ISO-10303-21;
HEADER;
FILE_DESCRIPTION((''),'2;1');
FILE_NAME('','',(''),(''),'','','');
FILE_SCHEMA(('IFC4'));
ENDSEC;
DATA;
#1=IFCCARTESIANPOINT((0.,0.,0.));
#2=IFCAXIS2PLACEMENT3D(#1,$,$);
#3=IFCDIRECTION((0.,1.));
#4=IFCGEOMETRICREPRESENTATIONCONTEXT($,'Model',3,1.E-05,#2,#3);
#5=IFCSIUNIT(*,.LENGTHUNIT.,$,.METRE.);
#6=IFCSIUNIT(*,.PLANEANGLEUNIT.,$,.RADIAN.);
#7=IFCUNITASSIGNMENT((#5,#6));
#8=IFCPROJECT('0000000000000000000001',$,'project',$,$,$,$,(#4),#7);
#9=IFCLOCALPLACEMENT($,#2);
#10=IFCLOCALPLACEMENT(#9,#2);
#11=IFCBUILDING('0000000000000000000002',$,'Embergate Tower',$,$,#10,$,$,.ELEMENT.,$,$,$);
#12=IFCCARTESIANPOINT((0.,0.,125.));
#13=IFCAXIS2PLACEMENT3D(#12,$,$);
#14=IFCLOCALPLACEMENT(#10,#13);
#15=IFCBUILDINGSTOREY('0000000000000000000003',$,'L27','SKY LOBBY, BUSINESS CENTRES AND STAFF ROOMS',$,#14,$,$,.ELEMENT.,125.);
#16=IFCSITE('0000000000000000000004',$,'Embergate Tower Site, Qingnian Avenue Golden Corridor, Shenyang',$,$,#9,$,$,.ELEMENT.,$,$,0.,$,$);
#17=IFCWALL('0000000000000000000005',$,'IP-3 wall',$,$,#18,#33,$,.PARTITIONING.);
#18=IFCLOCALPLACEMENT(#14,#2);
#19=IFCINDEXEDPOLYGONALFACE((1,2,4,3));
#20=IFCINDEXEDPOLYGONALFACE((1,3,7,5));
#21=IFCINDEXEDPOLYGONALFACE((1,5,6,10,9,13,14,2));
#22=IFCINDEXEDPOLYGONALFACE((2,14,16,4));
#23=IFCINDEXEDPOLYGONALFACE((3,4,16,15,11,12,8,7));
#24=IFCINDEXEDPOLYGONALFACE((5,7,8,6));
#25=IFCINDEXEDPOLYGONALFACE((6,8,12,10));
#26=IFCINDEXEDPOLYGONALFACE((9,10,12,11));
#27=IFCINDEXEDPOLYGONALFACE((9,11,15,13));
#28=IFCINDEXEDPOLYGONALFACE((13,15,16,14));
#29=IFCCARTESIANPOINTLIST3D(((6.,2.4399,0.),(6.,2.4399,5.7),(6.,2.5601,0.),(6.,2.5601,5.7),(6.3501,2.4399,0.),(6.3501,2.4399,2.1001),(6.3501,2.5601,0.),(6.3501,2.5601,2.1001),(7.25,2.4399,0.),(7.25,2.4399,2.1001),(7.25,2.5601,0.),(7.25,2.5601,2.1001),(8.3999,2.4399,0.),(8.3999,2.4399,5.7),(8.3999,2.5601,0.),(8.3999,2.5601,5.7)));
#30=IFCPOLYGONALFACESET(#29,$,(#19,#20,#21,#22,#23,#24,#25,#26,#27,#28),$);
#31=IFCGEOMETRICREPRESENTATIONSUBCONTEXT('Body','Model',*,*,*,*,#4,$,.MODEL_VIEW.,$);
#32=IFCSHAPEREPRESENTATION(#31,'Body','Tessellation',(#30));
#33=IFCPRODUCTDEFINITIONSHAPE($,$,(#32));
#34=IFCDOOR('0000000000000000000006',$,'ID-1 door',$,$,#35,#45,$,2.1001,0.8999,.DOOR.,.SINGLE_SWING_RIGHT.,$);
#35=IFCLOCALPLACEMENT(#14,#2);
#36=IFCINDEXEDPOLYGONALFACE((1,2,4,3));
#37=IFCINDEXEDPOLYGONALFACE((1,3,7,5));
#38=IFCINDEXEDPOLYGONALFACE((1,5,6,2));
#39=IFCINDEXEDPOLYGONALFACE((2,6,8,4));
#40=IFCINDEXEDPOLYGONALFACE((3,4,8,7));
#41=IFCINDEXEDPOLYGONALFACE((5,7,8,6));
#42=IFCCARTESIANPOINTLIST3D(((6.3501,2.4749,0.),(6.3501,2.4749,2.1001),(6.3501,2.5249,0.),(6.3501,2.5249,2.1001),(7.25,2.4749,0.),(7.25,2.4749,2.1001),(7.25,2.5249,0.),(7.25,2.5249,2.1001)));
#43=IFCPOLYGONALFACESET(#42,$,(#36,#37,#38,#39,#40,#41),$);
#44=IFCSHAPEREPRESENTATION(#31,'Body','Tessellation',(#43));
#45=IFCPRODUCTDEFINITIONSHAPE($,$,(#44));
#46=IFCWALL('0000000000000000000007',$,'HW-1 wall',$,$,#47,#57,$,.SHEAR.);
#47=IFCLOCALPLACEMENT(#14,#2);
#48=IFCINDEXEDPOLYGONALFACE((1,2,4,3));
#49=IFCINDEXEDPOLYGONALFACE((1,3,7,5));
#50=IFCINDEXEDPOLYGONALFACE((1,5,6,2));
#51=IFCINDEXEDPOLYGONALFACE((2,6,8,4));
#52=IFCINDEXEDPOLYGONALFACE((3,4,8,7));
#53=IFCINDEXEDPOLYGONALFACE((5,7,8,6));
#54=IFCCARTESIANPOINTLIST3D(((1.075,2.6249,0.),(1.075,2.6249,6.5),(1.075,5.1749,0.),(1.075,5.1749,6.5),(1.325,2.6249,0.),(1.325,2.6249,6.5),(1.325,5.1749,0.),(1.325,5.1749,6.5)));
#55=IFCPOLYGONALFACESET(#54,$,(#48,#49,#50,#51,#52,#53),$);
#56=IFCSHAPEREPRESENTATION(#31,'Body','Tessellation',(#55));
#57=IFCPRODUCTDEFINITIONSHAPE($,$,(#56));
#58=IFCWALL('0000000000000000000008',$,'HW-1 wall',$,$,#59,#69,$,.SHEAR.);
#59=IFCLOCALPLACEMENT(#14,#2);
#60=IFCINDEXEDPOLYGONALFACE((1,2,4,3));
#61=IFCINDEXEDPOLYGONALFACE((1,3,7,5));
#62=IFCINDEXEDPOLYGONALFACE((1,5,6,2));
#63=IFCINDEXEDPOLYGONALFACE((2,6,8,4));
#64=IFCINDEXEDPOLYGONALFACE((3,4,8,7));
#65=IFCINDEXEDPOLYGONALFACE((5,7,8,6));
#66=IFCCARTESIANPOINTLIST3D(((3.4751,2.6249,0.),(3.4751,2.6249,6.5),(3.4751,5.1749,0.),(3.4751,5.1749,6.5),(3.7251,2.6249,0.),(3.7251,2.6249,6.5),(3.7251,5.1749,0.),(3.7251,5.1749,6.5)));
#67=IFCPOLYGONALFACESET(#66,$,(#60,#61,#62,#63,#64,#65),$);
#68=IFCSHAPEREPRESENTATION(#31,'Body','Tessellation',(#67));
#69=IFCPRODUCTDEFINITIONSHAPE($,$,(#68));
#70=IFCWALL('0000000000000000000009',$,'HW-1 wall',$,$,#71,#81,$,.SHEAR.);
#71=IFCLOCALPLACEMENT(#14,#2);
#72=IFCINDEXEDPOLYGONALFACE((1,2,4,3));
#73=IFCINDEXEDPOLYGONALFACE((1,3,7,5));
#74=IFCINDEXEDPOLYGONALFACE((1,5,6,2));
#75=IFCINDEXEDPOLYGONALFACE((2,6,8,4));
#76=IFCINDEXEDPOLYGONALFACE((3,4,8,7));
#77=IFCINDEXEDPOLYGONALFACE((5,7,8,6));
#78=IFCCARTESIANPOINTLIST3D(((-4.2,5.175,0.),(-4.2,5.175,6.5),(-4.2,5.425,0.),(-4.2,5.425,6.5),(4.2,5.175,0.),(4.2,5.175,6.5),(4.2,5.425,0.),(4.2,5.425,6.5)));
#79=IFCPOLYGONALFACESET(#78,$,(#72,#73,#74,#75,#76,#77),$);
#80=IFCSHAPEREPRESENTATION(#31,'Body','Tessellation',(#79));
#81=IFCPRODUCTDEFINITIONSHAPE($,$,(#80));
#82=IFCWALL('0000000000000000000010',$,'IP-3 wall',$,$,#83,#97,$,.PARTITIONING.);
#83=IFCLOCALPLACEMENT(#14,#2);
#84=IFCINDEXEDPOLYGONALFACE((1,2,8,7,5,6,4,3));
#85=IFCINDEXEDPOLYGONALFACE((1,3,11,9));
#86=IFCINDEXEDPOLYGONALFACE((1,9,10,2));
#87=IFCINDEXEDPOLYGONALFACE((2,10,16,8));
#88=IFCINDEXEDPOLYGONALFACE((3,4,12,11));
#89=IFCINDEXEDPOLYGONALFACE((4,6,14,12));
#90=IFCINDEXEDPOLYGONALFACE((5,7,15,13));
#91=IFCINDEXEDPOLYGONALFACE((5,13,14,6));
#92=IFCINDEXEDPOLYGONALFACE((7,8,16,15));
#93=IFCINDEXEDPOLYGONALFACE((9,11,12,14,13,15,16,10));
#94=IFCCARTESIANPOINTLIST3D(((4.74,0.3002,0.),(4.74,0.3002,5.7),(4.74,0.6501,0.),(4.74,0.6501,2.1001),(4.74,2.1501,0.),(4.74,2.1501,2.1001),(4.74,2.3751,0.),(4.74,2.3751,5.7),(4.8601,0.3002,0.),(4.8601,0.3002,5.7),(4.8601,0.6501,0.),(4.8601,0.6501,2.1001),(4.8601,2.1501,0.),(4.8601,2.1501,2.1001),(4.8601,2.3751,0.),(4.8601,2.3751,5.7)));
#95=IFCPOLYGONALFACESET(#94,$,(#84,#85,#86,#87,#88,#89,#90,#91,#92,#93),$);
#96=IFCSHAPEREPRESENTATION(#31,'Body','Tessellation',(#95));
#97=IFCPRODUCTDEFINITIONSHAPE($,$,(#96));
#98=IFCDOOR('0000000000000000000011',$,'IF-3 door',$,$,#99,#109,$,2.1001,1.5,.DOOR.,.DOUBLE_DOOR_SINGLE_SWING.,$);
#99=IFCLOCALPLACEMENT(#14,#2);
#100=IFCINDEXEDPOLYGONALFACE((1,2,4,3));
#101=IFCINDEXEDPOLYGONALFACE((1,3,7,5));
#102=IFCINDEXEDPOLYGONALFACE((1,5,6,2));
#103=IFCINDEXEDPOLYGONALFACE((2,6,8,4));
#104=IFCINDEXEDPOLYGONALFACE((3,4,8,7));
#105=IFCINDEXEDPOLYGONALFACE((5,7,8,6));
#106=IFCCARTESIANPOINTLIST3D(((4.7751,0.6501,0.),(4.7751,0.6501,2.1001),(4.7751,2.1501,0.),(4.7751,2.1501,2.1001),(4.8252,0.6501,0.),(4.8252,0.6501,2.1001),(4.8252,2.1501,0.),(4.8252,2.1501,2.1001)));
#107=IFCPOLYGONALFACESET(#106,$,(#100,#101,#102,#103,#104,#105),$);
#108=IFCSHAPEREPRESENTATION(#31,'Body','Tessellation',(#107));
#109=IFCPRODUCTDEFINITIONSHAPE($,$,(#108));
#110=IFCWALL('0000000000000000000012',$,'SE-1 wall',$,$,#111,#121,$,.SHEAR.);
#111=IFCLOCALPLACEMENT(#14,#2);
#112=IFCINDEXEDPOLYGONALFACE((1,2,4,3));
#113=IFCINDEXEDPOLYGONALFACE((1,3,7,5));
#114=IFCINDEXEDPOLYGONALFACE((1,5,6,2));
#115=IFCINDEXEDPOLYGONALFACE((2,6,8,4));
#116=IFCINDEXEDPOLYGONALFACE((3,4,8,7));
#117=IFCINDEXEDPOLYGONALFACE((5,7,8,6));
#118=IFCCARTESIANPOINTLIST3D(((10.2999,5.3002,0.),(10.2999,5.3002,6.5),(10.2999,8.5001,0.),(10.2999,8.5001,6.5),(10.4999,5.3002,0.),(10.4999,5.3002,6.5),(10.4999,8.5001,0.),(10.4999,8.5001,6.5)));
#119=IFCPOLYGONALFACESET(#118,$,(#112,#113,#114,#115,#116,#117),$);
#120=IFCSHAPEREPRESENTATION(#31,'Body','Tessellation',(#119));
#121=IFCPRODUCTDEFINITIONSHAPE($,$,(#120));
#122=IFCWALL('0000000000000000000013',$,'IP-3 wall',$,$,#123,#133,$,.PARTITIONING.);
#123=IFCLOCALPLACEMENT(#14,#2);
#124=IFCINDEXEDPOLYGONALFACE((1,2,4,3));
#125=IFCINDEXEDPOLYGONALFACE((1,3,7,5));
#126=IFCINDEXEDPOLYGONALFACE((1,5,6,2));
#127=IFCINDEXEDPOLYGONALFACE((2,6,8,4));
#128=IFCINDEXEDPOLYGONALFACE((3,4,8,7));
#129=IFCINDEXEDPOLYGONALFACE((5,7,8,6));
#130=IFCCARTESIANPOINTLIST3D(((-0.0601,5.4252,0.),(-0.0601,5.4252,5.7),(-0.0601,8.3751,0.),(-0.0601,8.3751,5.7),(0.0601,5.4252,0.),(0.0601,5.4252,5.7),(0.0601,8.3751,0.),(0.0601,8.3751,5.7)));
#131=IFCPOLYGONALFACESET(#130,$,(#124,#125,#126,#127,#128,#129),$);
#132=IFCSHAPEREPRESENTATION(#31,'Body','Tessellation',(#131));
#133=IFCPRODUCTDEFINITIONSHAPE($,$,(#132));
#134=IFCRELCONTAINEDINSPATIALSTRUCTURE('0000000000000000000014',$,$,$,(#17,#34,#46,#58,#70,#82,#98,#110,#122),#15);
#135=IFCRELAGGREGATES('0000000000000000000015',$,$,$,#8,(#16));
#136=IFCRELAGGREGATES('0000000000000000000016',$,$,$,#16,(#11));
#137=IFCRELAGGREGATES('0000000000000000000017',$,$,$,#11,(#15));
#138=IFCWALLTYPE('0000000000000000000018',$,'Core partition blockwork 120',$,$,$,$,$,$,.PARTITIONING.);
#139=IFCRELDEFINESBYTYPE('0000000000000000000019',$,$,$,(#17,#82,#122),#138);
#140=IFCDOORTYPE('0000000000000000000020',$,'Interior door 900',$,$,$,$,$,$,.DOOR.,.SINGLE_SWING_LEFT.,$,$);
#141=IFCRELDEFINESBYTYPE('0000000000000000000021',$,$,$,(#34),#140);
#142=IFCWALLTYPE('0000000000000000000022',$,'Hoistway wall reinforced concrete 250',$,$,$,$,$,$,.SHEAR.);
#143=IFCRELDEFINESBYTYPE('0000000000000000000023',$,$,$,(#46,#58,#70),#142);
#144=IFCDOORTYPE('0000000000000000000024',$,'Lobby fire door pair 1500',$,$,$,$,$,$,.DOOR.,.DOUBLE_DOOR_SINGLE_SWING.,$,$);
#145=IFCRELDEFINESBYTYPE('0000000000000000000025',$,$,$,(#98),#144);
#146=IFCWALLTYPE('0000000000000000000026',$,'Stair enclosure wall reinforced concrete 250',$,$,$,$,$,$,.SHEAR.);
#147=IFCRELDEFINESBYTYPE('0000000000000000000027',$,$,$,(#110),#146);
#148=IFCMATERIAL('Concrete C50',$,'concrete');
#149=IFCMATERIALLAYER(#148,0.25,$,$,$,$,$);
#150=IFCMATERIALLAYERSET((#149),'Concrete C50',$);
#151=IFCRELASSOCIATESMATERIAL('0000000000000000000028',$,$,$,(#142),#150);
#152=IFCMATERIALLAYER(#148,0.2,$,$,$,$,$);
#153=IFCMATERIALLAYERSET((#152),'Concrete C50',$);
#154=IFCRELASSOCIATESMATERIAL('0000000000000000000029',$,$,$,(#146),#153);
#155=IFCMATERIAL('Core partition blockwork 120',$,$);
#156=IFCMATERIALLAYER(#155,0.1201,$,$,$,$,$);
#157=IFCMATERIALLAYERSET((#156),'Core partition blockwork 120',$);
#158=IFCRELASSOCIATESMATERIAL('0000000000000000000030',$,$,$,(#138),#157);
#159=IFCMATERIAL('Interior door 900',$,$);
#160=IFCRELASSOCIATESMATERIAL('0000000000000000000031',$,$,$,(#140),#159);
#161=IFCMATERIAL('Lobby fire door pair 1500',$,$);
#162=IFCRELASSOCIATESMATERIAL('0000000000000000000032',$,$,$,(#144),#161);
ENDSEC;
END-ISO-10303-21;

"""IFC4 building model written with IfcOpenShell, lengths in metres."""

from ifc_helpers import new_model, si_unit, direction, frame, frame_2d, origin, place, context, subcontext, project, spatial, rectangle, extrude, source, transform, mapped, material, layer, layer_set, type_object, element, fill, save


model = new_model("IFC4")

# Units and contexts
model_context = context("Model", 3, precision=1e-05, world=origin(), true_north=direction((0.0, 1.0)))
body_context = subcontext(model_context, "Body", "Model", "MODEL_VIEW")
ifc_project = project(units=[si_unit("LENGTHUNIT", "METRE"), si_unit("PLANEANGLEUNIT", "RADIAN")], contexts=[model_context])

# Site, building, storey
site_placement = place(None, origin())
site = spatial("IfcSite", under=ifc_project, at=site_placement, Name="Embergate Tower Site, Qingnian Avenue Golden Corridor, Shenyang", CompositionType="ELEMENT", RefElevation=0.0)
building_placement = place(site_placement, origin())
building = spatial("IfcBuilding", under=site, at=building_placement, Name="Embergate Tower", CompositionType="ELEMENT")
storey_placement = place(building_placement, frame((0.0, 0.0, 125.0)))
storey = spatial("IfcBuildingStorey", under=building, at=storey_placement, Name="L27", Description="SKY LOBBY, BUSINESS CENTRES AND STAFF ROOMS", CompositionType="ELEMENT", Elevation=125.0)

# Shared definitions
ifc_material_1 = material(Name="Concrete C50", Category="concrete")
ifc_layer_1 = layer(ifc_material_1, 0.25)
ifc_layer_set_1 = layer_set([ifc_layer_1], Name="Concrete C50")
wall_type_1 = type_object("IfcWallType", Name="Hoistway wall reinforced concrete 250", PredefinedType="SHEAR", material=ifc_layer_set_1)

# Shared definitions
ifc_layer_2 = layer(ifc_material_1, 0.2)
ifc_layer_set_2 = layer_set([ifc_layer_2], Name="Concrete C50")
wall_type_2 = type_object("IfcWallType", Name="Stair enclosure wall reinforced concrete 250", PredefinedType="SHEAR", material=ifc_layer_set_2)

# Wall, opening, door
ifc_material_2 = material(Name="Core partition blockwork 120")
ifc_layer_3 = layer(ifc_material_2, 0.1201)
ifc_layer_set_3 = layer_set([ifc_layer_3], Name="Core partition blockwork 120")
wall_type_3 = type_object("IfcWallType", Name="Core partition blockwork 120", PredefinedType="PARTITIONING", material=ifc_layer_set_3)
shared_shape_1 = source(origin(), body_context, "Body", "SweptSolid", [
    extrude(rectangle(XDim=2.3999, YDim=0.1201, at=frame_2d((1.2, 0.0))), origin(), (0.0, 0.0, 1.0), 5.7),
])
wall_1_placement = place(storey_placement, frame((6.0, 2.5, 0.0), z_axis=(0.0, 0.0, 1.0), x_axis=(1.0, 0.0, 0.0)))
wall_1 = element("IfcWall", 1, at=wall_1_placement, inside=storey, type_object=wall_type_3, Name="IP-3 wall", PredefinedType="PARTITIONING", context=body_context, shape_type="MappedRepresentation", body=[
    mapped(shared_shape_1, transform((0.0, 0.0, 0.0))),
])
shared_shape_2 = source(origin(), body_context, "Body", "SweptSolid", [
    extrude(rectangle(XDim=0.8999, YDim=2.1001, at=frame_2d((0.45, 1.05))), frame((0.0, 0.0701, 0.0), z_axis=(0.0, -1.0, 0.0), x_axis=(1.0, 0.0, 0.0)), (0.0, 0.0, 1.0), 0.1401),
])
opening_1_placement = place(wall_1_placement, frame((0.3501, 0.0, 0.0)))
opening_1 = element("IfcOpeningElement", 2, at=opening_1_placement, cuts=wall_1, PredefinedType="OPENING", context=body_context, shape_type="MappedRepresentation", body=[
    mapped(shared_shape_2, transform((0.0, 0.0, 0.0))),
])
ifc_material_3 = material(Name="Interior door 900")
door_type_1 = type_object("IfcDoorType", Name="Interior door 900", OperationType="SINGLE_SWING_LEFT", PredefinedType="DOOR", material=ifc_material_3)
shared_shape_3 = source(origin(), body_context, "Body", "SweptSolid", [
    extrude(rectangle(XDim=0.8999, YDim=2.1001, at=frame_2d((0.45, 1.05))), frame((0.0, 0.0249, 0.0), z_axis=(0.0, -1.0, 0.0), x_axis=(1.0, 0.0, 0.0)), (0.0, 0.0, 1.0), 0.05),
])
door_1_placement = place(opening_1_placement, origin())
door_1 = element("IfcDoor", 3, at=door_1_placement, inside=storey, type_object=door_type_1, Name="ID-1 door", OperationType="SINGLE_SWING_RIGHT", OverallHeight=2.1001, OverallWidth=0.8999, PredefinedType="DOOR", context=body_context, shape_type="MappedRepresentation", body=[
    mapped(shared_shape_3, transform((0.0, 0.0, 0.0))),
])
fill(opening_1, door_1)

# Walls
shared_shape_4 = source(origin(), body_context, "Body", "SweptSolid", [
    extrude(rectangle(XDim=2.55, YDim=0.25, at=frame_2d((1.2749, 0.0))), origin(), (0.0, 0.0, 1.0), 6.5),
])
for number, where, z_axis, x_axis, name in (
    (4, (1.2, 2.625, 0.0), (0.0, 0.0, 1.0), (0.0, 1.0, 0.0), "HW-1 wall"),
    (5, (3.6001, 2.625, 0.0), (0.0, 0.0, 1.0), (0.0, 1.0, 0.0), "HW-1 wall"),
):
    element("IfcWall", number, at=place(storey_placement, frame(where, z_axis=z_axis, x_axis=x_axis)), inside=storey, type_object=wall_type_1, Name=name, PredefinedType="SHEAR", context=body_context, shape_type="MappedRepresentation", body=[
        mapped(shared_shape_4, transform((0.0, 0.0, 0.0))),
    ])
shared_shape_5 = source(origin(), body_context, "Body", "SweptSolid", [
    extrude(rectangle(XDim=8.3999, YDim=0.25, at=frame_2d((4.2, 0.0))), origin(), (0.0, 0.0, 1.0), 6.5),
])
wall_2_placement = place(storey_placement, frame((4.2, 5.3, 0.0), z_axis=(0.0, 0.0, 1.0), x_axis=(-1.0, 0.0, 0.0)))
element("IfcWall", 6, at=wall_2_placement, inside=storey, type_object=wall_type_1, Name="HW-1 wall", PredefinedType="SHEAR", context=body_context, shape_type="MappedRepresentation", body=[
    mapped(shared_shape_5, transform((0.0, 0.0, 0.0))),
])

# Wall, opening, door
shared_shape_6 = source(origin(), body_context, "Body", "SweptSolid", [
    extrude(rectangle(XDim=2.075, YDim=0.1201, at=frame_2d((1.0376, 0.0))), origin(), (0.0, 0.0, 1.0), 5.7),
])
wall_3_placement = place(storey_placement, frame((4.8, 0.3, 0.0), z_axis=(0.0, 0.0, 1.0), x_axis=(0.0, 1.0, 0.0)))
wall_3 = element("IfcWall", 7, at=wall_3_placement, inside=storey, type_object=wall_type_3, Name="IP-3 wall", PredefinedType="PARTITIONING", context=body_context, shape_type="MappedRepresentation", body=[
    mapped(shared_shape_6, transform((0.0, 0.0, 0.0))),
])
shared_shape_7 = source(origin(), body_context, "Body", "SweptSolid", [
    extrude(rectangle(XDim=1.5, YDim=2.1001, at=frame_2d((0.75, 1.05))), frame((0.0, 0.0701, 0.0), z_axis=(0.0, -1.0, 0.0), x_axis=(1.0, 0.0, 0.0)), (0.0, 0.0, 1.0), 0.1401),
])
opening_2_placement = place(wall_3_placement, frame((0.3501, 0.0, 0.0)))
opening_2 = element("IfcOpeningElement", 8, at=opening_2_placement, cuts=wall_3, PredefinedType="OPENING", context=body_context, shape_type="MappedRepresentation", body=[
    mapped(shared_shape_7, transform((0.0, 0.0, 0.0))),
])
ifc_material_4 = material(Name="Lobby fire door pair 1500")
door_type_2 = type_object("IfcDoorType", Name="Lobby fire door pair 1500", OperationType="DOUBLE_DOOR_SINGLE_SWING", PredefinedType="DOOR", material=ifc_material_4)
shared_shape_8 = source(origin(), body_context, "Body", "SweptSolid", [
    extrude(rectangle(XDim=1.5, YDim=2.1001, at=frame_2d((0.75, 1.05))), frame((0.0, 0.0249, 0.0), z_axis=(0.0, -1.0, 0.0), x_axis=(1.0, 0.0, 0.0)), (0.0, 0.0, 1.0), 0.05),
])
door_2_placement = place(opening_2_placement, origin())
door_2 = element("IfcDoor", 9, at=door_2_placement, inside=storey, type_object=door_type_2, Name="IF-3 door", OperationType="DOUBLE_DOOR_SINGLE_SWING", OverallHeight=2.1001, OverallWidth=1.5, PredefinedType="DOOR", context=body_context, shape_type="MappedRepresentation", body=[
    mapped(shared_shape_8, transform((0.0, 0.0, 0.0))),
])
fill(opening_2, door_2)

# Walls
shared_shape_9 = source(origin(), body_context, "Body", "SweptSolid", [
    extrude(rectangle(XDim=3.2, YDim=0.2, at=frame_2d((1.6001, 0.0))), origin(), (0.0, 0.0, 1.0), 6.5),
])
wall_4_placement = place(storey_placement, frame((10.3999, 5.3, 0.0), z_axis=(0.0, 0.0, 1.0), x_axis=(0.0, 1.0, 0.0)))
element("IfcWall", 10, at=wall_4_placement, inside=storey, type_object=wall_type_2, Name="SE-1 wall", PredefinedType="SHEAR", context=body_context, shape_type="MappedRepresentation", body=[
    mapped(shared_shape_9, transform((0.0, 0.0, 0.0))),
])
shared_shape_10 = source(origin(), body_context, "Body", "SweptSolid", [
    extrude(rectangle(XDim=2.95, YDim=0.1201, at=frame_2d((1.4751, 0.0))), origin(), (0.0, 0.0, 1.0), 5.7),
])
wall_5_placement = place(storey_placement, frame((0.0, 5.425, 0.0), z_axis=(0.0, 0.0, 1.0), x_axis=(0.0, 1.0, 0.0)))
element("IfcWall", 11, at=wall_5_placement, inside=storey, type_object=wall_type_3, Name="IP-3 wall", PredefinedType="PARTITIONING", context=body_context, shape_type="MappedRepresentation", body=[
    mapped(shared_shape_10, transform((0.0, 0.0, 0.0))),
])

save(model, "model.ifc")
